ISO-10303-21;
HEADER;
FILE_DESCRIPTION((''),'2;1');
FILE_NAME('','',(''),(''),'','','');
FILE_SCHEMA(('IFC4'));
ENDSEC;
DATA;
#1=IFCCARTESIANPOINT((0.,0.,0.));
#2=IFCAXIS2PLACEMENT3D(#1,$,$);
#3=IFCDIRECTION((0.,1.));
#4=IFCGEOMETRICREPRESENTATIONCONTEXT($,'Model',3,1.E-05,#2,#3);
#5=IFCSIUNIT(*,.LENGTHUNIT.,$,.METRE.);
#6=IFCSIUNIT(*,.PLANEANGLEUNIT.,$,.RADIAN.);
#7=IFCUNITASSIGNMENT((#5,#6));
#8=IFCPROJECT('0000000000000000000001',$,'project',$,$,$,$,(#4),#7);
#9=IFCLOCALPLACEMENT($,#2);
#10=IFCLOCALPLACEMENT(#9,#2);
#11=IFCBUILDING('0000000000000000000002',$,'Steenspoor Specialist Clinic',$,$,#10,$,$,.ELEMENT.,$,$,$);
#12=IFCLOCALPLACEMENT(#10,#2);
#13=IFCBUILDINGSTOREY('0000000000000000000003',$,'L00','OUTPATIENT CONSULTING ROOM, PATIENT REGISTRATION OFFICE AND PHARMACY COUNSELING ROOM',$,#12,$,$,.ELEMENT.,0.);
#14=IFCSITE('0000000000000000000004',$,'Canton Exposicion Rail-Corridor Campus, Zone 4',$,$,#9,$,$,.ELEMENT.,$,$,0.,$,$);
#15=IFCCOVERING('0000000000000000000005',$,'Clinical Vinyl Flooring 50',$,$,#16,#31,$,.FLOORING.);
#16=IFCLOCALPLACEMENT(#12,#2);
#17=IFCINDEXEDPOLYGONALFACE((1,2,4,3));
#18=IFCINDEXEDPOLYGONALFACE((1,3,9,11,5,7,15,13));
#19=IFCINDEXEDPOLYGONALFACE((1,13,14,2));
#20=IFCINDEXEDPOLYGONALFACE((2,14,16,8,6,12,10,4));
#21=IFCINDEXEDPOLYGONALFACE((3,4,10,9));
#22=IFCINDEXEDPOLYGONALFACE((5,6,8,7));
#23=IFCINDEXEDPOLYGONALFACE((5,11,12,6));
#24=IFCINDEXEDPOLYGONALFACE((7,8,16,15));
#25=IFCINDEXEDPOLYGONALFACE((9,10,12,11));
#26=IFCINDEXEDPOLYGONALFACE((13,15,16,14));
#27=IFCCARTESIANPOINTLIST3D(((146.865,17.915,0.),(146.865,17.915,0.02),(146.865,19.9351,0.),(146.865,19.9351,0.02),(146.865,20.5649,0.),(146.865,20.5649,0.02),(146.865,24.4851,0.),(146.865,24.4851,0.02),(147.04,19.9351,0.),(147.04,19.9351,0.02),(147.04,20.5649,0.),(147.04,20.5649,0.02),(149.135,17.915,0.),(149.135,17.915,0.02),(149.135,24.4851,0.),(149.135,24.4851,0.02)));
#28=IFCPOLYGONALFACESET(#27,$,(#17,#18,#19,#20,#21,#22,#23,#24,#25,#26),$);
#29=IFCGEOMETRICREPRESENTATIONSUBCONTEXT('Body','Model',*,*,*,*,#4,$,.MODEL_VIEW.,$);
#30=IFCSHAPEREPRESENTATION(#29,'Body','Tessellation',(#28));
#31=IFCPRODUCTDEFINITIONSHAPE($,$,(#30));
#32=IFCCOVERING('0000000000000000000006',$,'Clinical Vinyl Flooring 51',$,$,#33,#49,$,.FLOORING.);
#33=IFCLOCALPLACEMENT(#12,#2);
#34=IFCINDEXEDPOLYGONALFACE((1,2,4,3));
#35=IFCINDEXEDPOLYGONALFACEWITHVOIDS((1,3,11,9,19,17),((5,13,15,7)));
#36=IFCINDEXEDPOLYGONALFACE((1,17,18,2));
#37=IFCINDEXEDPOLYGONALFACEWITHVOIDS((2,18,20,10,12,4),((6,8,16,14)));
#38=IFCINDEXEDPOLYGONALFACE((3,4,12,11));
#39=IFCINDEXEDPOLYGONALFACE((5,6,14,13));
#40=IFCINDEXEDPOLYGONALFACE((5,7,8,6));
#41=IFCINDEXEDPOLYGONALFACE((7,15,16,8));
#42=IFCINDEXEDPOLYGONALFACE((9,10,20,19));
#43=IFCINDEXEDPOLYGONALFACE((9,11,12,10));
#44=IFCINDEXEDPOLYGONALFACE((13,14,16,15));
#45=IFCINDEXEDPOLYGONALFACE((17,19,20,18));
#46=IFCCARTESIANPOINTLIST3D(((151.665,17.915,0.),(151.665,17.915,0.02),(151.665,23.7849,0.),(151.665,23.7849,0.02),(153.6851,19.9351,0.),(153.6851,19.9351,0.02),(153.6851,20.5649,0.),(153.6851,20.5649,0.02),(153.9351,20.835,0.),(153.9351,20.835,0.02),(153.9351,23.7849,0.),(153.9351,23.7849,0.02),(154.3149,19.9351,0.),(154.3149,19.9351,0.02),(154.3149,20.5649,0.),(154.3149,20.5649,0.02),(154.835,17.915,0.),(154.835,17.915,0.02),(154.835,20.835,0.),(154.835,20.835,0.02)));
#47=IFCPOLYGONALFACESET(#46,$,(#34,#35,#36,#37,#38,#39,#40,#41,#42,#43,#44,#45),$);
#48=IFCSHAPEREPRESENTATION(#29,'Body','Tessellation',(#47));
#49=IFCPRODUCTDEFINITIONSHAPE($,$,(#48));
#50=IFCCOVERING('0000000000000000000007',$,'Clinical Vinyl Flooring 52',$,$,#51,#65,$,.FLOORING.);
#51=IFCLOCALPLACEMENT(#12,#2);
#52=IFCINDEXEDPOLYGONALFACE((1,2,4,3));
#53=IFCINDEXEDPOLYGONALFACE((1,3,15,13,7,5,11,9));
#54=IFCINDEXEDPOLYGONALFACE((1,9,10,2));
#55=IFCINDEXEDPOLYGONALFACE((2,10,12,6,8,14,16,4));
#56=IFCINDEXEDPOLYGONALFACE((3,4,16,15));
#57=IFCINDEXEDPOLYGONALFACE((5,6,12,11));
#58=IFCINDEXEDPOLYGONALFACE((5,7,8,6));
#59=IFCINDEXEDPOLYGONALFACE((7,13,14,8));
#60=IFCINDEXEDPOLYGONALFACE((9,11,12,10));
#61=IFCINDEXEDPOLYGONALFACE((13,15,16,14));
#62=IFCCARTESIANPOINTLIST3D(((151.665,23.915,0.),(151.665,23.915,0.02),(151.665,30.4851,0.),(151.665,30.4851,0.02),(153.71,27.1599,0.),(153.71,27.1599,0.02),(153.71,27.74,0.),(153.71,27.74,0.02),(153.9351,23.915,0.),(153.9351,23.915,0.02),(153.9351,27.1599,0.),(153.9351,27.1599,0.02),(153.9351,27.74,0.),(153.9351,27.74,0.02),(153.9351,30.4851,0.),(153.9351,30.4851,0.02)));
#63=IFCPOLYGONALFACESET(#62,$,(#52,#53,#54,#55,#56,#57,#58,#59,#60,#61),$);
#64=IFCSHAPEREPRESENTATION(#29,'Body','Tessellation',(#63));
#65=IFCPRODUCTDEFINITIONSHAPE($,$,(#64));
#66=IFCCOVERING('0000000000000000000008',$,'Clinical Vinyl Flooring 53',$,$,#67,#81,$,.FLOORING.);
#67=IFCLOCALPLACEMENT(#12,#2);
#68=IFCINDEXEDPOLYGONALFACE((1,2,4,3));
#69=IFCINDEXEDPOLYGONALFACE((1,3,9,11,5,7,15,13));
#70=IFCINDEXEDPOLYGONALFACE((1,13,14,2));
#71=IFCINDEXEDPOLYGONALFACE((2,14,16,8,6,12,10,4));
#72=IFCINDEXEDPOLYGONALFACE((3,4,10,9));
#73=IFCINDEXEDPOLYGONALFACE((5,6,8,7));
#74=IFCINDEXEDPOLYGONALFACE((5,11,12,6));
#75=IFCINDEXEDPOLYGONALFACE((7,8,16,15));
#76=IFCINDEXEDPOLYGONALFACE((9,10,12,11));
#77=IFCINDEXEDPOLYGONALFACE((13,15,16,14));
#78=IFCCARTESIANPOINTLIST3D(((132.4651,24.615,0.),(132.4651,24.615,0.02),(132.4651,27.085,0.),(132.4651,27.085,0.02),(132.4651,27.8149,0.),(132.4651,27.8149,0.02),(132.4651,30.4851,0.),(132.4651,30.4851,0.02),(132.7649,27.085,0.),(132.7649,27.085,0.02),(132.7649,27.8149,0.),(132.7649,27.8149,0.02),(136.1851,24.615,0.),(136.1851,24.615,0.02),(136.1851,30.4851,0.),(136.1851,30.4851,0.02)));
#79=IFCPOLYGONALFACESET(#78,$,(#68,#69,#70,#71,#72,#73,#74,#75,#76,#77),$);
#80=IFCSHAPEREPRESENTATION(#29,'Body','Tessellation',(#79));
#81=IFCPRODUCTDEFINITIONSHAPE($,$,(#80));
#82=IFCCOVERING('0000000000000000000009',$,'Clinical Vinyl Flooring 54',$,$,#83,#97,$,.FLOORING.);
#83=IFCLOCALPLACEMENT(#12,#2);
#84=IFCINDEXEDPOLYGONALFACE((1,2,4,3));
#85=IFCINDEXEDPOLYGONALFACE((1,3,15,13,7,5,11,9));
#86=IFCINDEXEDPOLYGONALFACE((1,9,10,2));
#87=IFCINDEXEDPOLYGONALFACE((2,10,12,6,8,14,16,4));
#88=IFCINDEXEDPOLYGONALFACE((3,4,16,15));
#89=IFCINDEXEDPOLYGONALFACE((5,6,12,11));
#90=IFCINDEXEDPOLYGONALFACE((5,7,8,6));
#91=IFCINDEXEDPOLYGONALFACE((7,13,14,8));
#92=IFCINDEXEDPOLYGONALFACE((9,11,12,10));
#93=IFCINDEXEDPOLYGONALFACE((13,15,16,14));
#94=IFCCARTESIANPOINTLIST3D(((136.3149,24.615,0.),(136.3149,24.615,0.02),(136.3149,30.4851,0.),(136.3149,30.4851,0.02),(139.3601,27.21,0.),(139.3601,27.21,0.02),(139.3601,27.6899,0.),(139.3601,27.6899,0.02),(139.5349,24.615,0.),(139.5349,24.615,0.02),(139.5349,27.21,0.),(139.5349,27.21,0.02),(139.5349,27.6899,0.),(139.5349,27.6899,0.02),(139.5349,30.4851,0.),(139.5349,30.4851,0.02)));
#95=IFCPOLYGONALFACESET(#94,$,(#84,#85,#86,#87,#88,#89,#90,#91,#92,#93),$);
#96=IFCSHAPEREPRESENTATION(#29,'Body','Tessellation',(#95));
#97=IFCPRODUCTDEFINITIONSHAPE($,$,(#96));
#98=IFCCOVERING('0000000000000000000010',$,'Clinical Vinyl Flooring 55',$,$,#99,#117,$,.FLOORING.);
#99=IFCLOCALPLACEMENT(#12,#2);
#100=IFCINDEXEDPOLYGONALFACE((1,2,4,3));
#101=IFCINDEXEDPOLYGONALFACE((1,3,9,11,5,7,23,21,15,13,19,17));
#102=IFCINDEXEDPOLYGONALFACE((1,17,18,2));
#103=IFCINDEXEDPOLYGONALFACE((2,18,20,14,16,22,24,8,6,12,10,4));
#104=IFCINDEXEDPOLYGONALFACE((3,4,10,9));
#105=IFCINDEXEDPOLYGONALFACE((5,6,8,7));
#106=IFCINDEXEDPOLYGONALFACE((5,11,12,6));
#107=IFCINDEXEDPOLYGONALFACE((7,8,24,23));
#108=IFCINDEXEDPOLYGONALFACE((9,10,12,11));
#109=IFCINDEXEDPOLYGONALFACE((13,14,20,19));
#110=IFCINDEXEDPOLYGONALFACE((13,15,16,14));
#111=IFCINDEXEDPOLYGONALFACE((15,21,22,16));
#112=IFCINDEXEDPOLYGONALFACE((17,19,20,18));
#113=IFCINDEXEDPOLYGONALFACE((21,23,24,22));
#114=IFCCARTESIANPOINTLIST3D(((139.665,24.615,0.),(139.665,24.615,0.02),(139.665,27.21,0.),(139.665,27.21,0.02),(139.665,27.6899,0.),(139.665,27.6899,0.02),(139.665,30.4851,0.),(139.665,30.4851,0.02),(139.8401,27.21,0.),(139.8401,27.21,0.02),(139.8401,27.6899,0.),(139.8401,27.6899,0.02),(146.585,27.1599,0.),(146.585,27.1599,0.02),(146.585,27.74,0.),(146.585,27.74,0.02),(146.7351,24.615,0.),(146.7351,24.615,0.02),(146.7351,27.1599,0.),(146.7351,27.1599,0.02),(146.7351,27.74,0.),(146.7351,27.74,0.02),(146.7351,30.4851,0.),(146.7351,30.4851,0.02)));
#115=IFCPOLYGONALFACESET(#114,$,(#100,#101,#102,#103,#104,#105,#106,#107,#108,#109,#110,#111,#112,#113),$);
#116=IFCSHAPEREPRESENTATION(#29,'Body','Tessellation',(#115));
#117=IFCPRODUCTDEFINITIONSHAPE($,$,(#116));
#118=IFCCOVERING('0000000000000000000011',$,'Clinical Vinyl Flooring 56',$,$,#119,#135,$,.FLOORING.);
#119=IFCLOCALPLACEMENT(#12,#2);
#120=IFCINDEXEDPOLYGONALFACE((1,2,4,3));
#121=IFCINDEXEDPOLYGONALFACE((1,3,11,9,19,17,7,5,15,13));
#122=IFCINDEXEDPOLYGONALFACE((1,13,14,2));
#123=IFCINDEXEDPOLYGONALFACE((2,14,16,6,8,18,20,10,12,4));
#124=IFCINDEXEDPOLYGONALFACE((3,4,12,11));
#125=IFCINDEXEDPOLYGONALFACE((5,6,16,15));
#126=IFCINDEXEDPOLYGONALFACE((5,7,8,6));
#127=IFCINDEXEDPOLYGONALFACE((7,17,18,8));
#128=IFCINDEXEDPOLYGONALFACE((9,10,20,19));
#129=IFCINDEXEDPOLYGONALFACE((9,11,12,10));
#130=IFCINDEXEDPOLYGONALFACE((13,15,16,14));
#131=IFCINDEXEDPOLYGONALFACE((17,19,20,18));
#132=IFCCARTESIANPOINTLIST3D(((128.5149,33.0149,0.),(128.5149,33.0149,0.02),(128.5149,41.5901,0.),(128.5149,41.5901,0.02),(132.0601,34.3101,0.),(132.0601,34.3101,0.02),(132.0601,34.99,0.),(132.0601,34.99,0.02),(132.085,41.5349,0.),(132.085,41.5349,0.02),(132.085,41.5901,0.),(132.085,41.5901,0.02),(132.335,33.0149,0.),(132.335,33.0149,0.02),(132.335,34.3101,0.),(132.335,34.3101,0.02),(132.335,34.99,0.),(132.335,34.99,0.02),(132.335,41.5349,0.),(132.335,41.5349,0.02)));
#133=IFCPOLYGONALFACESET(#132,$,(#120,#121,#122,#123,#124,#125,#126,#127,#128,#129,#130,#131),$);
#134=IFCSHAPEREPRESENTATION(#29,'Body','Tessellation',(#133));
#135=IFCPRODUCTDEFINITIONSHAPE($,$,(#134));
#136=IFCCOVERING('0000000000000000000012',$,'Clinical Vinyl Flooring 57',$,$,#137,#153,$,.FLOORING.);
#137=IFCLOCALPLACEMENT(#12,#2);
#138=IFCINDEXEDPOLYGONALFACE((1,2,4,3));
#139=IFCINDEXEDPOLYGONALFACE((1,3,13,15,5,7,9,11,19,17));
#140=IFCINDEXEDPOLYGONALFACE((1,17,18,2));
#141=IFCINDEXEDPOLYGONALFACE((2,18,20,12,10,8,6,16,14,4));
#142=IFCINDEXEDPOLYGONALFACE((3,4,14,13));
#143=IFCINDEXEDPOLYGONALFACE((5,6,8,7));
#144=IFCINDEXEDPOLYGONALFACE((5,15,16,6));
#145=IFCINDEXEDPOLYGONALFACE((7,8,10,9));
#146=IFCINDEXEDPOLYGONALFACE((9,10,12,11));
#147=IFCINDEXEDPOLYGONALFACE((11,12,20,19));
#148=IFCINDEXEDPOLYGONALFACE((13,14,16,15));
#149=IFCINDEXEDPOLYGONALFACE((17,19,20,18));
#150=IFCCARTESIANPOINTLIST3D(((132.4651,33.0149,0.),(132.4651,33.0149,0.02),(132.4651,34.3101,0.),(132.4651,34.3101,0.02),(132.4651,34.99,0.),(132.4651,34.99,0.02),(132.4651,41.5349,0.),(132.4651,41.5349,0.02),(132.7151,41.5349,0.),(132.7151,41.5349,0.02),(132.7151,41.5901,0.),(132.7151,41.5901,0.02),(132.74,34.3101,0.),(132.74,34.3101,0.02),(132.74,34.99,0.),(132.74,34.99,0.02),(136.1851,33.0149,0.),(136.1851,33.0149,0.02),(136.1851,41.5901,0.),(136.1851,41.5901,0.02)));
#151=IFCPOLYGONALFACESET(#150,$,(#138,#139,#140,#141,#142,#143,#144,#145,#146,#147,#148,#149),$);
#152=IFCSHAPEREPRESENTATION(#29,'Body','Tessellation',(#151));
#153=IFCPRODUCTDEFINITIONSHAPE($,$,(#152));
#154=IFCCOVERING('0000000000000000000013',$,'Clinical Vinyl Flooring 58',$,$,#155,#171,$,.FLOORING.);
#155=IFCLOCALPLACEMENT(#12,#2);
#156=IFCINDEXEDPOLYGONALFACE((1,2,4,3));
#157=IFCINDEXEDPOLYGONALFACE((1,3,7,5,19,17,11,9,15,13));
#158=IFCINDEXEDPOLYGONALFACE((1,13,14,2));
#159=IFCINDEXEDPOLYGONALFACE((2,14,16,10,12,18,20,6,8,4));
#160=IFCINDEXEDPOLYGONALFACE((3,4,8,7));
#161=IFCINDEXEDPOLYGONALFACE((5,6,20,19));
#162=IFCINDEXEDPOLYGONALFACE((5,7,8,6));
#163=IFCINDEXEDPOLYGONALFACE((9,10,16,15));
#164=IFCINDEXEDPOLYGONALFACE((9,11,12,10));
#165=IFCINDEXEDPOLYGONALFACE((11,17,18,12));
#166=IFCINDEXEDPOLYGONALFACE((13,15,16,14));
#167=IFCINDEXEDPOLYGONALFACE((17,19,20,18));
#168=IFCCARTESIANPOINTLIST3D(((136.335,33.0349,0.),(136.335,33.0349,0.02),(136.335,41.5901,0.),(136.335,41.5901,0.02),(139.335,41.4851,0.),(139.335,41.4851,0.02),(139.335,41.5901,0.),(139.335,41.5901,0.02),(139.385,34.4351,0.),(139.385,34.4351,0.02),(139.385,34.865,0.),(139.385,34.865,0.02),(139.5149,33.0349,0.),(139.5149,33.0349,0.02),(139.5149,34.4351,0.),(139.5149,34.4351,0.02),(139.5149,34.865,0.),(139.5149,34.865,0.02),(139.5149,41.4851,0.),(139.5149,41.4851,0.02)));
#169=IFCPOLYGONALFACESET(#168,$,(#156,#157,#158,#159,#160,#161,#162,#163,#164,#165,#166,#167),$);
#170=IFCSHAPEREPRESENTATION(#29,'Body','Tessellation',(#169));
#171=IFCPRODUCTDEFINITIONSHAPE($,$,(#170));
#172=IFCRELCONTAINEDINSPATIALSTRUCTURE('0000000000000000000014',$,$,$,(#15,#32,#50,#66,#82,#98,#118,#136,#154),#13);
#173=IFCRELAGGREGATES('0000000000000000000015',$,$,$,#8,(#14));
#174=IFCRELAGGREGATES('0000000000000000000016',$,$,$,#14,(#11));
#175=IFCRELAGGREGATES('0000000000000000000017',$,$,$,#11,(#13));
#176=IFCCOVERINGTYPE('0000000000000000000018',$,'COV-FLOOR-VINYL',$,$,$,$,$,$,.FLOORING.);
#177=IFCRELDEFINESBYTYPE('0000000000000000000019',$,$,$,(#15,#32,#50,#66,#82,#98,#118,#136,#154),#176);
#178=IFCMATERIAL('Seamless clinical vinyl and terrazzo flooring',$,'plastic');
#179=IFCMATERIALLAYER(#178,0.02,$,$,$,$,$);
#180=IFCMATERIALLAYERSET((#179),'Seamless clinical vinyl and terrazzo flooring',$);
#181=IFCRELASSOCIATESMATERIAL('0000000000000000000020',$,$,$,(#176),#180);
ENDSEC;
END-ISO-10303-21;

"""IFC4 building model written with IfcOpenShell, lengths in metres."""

from ifc_helpers import new_model, si_unit, direction, origin, place, context, subcontext, project, spatial, polyline, outline, extrude, material, layer, layer_set, type_object, element, save


model = new_model("IFC4")

# Units and contexts
model_context = context("Model", 3, precision=1e-05, world=origin(), true_north=direction((0.0, 1.0)))
body_context = subcontext(model_context, "Body", "Model", "MODEL_VIEW")
ifc_project = project(units=[si_unit("LENGTHUNIT", "METRE"), si_unit("PLANEANGLEUNIT", "RADIAN")], contexts=[model_context])

# Site, building, storey
site_placement = place(None, origin())
site = spatial("IfcSite", under=ifc_project, at=site_placement, Name="Canton Exposicion Rail-Corridor Campus, Zone 4", CompositionType="ELEMENT", RefElevation=0.0)
building_placement = place(site_placement, origin())
building = spatial("IfcBuilding", under=site, at=building_placement, Name="Steenspoor Specialist Clinic", CompositionType="ELEMENT")
storey_placement = place(building_placement, origin())
storey = spatial("IfcBuildingStorey", under=building, at=storey_placement, Name="L00", Description="OUTPATIENT CONSULTING ROOM, PATIENT REGISTRATION OFFICE AND PHARMACY COUNSELING ROOM", CompositionType="ELEMENT", Elevation=0.0)

# Coverings
ifc_material = material(Name="Seamless clinical vinyl and terrazzo flooring", Category="plastic")
ifc_layer = layer(ifc_material, 0.02)
ifc_layer_set = layer_set([ifc_layer], Name="Seamless clinical vinyl and terrazzo flooring")
covering_type = type_object("IfcCoveringType", Name="COV-FLOOR-VINYL", PredefinedType="FLOORING", material=ifc_layer_set)
covering_1_placement = place(storey_placement, origin())
element("IfcCovering", 1, at=covering_1_placement, inside=storey, type_object=covering_type, Name="Clinical Vinyl Flooring 50", PredefinedType="FLOORING", context=body_context, shape_type="SweptSolid", body=[
    extrude(outline(polyline([(146.865, 17.915), (146.865, 19.9351), (147.04, 19.9351), (147.04, 20.5649), (146.865, 20.5649), (146.865, 24.4851), (149.135, 24.4851), (149.135, 17.915), (146.865, 17.915)])), origin(), (0.0, 0.0, 1.0), 0.02),
])
covering_2_placement = place(storey_placement, origin())
element("IfcCovering", 2, at=covering_2_placement, inside=storey, type_object=covering_type, Name="Clinical Vinyl Flooring 51", PredefinedType="FLOORING", context=body_context, shape_type="SweptSolid", body=[
    extrude(outline(polyline([(153.9351, 23.7849), (153.9351, 20.835), (154.835, 20.835), (154.835, 17.915), (151.665, 17.915), (151.665, 23.7849), (153.9351, 23.7849)]), holes=[polyline([(154.3149, 19.9351), (154.3149, 20.5649), (153.6851, 20.5649), (153.6851, 19.9351), (154.3149, 19.9351)])]), origin(), (0.0, 0.0, 1.0), 0.02),
])
covering_3_placement = place(storey_placement, origin())
element("IfcCovering", 3, at=covering_3_placement, inside=storey, type_object=covering_type, Name="Clinical Vinyl Flooring 52", PredefinedType="FLOORING", context=body_context, shape_type="SweptSolid", body=[
    extrude(outline(polyline([(151.665, 23.915), (151.665, 30.4851), (153.9351, 30.4851), (153.9351, 27.74), (153.71, 27.74), (153.71, 27.1599), (153.9351, 27.1599), (153.9351, 23.915), (151.665, 23.915)])), origin(), (0.0, 0.0, 1.0), 0.02),
])
covering_4_placement = place(storey_placement, origin())
element("IfcCovering", 4, at=covering_4_placement, inside=storey, type_object=covering_type, Name="Clinical Vinyl Flooring 53", PredefinedType="FLOORING", context=body_context, shape_type="SweptSolid", body=[
    extrude(outline(polyline([(132.4651, 24.615), (132.4651, 27.085), (132.7649, 27.085), (132.7649, 27.8149), (132.4651, 27.8149), (132.4651, 30.4851), (136.1851, 30.4851), (136.1851, 24.615), (132.4651, 24.615)])), origin(), (0.0, 0.0, 1.0), 0.02),
])
covering_5_placement = place(storey_placement, origin())
element("IfcCovering", 5, at=covering_5_placement, inside=storey, type_object=covering_type, Name="Clinical Vinyl Flooring 54", PredefinedType="FLOORING", context=body_context, shape_type="SweptSolid", body=[
    extrude(outline(polyline([(136.3149, 24.615), (136.3149, 30.4851), (139.5349, 30.4851), (139.5349, 27.6899), (139.3601, 27.6899), (139.3601, 27.21), (139.5349, 27.21), (139.5349, 24.615), (136.3149, 24.615)])), origin(), (0.0, 0.0, 1.0), 0.02),
])
covering_6_placement = place(storey_placement, origin())
element("IfcCovering", 6, at=covering_6_placement, inside=storey, type_object=covering_type, Name="Clinical Vinyl Flooring 55", PredefinedType="FLOORING", context=body_context, shape_type="SweptSolid", body=[
    extrude(outline(polyline([(139.665, 24.615), (139.665, 27.21), (139.8401, 27.21), (139.8401, 27.6899), (139.665, 27.6899), (139.665, 30.4851), (146.7351, 30.4851), (146.7351, 27.74), (146.585, 27.74), (146.585, 27.1599), (146.7351, 27.1599), (146.7351, 24.615), (139.665, 24.615)])), origin(), (0.0, 0.0, 1.0), 0.02),
])
covering_7_placement = place(storey_placement, origin())
element("IfcCovering", 7, at=covering_7_placement, inside=storey, type_object=covering_type, Name="Clinical Vinyl Flooring 56", PredefinedType="FLOORING", context=body_context, shape_type="SweptSolid", body=[
    extrude(outline(polyline([(128.5149, 41.5901), (132.085, 41.5901), (132.085, 41.5349), (132.335, 41.5349), (132.335, 34.99), (132.0601, 34.99), (132.0601, 34.3101), (132.335, 34.3101), (132.335, 33.0149), (128.5149, 33.0149), (128.5149, 41.5901)])), origin(), (0.0, 0.0, 1.0), 0.02),
])
covering_8_placement = place(storey_placement, origin())
element("IfcCovering", 8, at=covering_8_placement, inside=storey, type_object=covering_type, Name="Clinical Vinyl Flooring 57", PredefinedType="FLOORING", context=body_context, shape_type="SweptSolid", body=[
    extrude(outline(polyline([(132.4651, 34.3101), (132.74, 34.3101), (132.74, 34.99), (132.4651, 34.99), (132.4651, 41.5349), (132.7151, 41.5349), (132.7151, 41.5901), (136.1851, 41.5901), (136.1851, 33.0149), (132.4651, 33.0149), (132.4651, 34.3101)])), origin(), (0.0, 0.0, 1.0), 0.02),
])
covering_9_placement = place(storey_placement, origin())
element("IfcCovering", 9, at=covering_9_placement, inside=storey, type_object=covering_type, Name="Clinical Vinyl Flooring 58", PredefinedType="FLOORING", context=body_context, shape_type="SweptSolid", body=[
    extrude(outline(polyline([(136.335, 41.5901), (139.335, 41.5901), (139.335, 41.4851), (139.5149, 41.4851), (139.5149, 34.865), (139.385, 34.865), (139.385, 34.4351), (139.5149, 34.4351), (139.5149, 33.0349), (136.335, 33.0349), (136.335, 41.5901)])), origin(), (0.0, 0.0, 1.0), 0.02),
])

save(model, "model.ifc")
